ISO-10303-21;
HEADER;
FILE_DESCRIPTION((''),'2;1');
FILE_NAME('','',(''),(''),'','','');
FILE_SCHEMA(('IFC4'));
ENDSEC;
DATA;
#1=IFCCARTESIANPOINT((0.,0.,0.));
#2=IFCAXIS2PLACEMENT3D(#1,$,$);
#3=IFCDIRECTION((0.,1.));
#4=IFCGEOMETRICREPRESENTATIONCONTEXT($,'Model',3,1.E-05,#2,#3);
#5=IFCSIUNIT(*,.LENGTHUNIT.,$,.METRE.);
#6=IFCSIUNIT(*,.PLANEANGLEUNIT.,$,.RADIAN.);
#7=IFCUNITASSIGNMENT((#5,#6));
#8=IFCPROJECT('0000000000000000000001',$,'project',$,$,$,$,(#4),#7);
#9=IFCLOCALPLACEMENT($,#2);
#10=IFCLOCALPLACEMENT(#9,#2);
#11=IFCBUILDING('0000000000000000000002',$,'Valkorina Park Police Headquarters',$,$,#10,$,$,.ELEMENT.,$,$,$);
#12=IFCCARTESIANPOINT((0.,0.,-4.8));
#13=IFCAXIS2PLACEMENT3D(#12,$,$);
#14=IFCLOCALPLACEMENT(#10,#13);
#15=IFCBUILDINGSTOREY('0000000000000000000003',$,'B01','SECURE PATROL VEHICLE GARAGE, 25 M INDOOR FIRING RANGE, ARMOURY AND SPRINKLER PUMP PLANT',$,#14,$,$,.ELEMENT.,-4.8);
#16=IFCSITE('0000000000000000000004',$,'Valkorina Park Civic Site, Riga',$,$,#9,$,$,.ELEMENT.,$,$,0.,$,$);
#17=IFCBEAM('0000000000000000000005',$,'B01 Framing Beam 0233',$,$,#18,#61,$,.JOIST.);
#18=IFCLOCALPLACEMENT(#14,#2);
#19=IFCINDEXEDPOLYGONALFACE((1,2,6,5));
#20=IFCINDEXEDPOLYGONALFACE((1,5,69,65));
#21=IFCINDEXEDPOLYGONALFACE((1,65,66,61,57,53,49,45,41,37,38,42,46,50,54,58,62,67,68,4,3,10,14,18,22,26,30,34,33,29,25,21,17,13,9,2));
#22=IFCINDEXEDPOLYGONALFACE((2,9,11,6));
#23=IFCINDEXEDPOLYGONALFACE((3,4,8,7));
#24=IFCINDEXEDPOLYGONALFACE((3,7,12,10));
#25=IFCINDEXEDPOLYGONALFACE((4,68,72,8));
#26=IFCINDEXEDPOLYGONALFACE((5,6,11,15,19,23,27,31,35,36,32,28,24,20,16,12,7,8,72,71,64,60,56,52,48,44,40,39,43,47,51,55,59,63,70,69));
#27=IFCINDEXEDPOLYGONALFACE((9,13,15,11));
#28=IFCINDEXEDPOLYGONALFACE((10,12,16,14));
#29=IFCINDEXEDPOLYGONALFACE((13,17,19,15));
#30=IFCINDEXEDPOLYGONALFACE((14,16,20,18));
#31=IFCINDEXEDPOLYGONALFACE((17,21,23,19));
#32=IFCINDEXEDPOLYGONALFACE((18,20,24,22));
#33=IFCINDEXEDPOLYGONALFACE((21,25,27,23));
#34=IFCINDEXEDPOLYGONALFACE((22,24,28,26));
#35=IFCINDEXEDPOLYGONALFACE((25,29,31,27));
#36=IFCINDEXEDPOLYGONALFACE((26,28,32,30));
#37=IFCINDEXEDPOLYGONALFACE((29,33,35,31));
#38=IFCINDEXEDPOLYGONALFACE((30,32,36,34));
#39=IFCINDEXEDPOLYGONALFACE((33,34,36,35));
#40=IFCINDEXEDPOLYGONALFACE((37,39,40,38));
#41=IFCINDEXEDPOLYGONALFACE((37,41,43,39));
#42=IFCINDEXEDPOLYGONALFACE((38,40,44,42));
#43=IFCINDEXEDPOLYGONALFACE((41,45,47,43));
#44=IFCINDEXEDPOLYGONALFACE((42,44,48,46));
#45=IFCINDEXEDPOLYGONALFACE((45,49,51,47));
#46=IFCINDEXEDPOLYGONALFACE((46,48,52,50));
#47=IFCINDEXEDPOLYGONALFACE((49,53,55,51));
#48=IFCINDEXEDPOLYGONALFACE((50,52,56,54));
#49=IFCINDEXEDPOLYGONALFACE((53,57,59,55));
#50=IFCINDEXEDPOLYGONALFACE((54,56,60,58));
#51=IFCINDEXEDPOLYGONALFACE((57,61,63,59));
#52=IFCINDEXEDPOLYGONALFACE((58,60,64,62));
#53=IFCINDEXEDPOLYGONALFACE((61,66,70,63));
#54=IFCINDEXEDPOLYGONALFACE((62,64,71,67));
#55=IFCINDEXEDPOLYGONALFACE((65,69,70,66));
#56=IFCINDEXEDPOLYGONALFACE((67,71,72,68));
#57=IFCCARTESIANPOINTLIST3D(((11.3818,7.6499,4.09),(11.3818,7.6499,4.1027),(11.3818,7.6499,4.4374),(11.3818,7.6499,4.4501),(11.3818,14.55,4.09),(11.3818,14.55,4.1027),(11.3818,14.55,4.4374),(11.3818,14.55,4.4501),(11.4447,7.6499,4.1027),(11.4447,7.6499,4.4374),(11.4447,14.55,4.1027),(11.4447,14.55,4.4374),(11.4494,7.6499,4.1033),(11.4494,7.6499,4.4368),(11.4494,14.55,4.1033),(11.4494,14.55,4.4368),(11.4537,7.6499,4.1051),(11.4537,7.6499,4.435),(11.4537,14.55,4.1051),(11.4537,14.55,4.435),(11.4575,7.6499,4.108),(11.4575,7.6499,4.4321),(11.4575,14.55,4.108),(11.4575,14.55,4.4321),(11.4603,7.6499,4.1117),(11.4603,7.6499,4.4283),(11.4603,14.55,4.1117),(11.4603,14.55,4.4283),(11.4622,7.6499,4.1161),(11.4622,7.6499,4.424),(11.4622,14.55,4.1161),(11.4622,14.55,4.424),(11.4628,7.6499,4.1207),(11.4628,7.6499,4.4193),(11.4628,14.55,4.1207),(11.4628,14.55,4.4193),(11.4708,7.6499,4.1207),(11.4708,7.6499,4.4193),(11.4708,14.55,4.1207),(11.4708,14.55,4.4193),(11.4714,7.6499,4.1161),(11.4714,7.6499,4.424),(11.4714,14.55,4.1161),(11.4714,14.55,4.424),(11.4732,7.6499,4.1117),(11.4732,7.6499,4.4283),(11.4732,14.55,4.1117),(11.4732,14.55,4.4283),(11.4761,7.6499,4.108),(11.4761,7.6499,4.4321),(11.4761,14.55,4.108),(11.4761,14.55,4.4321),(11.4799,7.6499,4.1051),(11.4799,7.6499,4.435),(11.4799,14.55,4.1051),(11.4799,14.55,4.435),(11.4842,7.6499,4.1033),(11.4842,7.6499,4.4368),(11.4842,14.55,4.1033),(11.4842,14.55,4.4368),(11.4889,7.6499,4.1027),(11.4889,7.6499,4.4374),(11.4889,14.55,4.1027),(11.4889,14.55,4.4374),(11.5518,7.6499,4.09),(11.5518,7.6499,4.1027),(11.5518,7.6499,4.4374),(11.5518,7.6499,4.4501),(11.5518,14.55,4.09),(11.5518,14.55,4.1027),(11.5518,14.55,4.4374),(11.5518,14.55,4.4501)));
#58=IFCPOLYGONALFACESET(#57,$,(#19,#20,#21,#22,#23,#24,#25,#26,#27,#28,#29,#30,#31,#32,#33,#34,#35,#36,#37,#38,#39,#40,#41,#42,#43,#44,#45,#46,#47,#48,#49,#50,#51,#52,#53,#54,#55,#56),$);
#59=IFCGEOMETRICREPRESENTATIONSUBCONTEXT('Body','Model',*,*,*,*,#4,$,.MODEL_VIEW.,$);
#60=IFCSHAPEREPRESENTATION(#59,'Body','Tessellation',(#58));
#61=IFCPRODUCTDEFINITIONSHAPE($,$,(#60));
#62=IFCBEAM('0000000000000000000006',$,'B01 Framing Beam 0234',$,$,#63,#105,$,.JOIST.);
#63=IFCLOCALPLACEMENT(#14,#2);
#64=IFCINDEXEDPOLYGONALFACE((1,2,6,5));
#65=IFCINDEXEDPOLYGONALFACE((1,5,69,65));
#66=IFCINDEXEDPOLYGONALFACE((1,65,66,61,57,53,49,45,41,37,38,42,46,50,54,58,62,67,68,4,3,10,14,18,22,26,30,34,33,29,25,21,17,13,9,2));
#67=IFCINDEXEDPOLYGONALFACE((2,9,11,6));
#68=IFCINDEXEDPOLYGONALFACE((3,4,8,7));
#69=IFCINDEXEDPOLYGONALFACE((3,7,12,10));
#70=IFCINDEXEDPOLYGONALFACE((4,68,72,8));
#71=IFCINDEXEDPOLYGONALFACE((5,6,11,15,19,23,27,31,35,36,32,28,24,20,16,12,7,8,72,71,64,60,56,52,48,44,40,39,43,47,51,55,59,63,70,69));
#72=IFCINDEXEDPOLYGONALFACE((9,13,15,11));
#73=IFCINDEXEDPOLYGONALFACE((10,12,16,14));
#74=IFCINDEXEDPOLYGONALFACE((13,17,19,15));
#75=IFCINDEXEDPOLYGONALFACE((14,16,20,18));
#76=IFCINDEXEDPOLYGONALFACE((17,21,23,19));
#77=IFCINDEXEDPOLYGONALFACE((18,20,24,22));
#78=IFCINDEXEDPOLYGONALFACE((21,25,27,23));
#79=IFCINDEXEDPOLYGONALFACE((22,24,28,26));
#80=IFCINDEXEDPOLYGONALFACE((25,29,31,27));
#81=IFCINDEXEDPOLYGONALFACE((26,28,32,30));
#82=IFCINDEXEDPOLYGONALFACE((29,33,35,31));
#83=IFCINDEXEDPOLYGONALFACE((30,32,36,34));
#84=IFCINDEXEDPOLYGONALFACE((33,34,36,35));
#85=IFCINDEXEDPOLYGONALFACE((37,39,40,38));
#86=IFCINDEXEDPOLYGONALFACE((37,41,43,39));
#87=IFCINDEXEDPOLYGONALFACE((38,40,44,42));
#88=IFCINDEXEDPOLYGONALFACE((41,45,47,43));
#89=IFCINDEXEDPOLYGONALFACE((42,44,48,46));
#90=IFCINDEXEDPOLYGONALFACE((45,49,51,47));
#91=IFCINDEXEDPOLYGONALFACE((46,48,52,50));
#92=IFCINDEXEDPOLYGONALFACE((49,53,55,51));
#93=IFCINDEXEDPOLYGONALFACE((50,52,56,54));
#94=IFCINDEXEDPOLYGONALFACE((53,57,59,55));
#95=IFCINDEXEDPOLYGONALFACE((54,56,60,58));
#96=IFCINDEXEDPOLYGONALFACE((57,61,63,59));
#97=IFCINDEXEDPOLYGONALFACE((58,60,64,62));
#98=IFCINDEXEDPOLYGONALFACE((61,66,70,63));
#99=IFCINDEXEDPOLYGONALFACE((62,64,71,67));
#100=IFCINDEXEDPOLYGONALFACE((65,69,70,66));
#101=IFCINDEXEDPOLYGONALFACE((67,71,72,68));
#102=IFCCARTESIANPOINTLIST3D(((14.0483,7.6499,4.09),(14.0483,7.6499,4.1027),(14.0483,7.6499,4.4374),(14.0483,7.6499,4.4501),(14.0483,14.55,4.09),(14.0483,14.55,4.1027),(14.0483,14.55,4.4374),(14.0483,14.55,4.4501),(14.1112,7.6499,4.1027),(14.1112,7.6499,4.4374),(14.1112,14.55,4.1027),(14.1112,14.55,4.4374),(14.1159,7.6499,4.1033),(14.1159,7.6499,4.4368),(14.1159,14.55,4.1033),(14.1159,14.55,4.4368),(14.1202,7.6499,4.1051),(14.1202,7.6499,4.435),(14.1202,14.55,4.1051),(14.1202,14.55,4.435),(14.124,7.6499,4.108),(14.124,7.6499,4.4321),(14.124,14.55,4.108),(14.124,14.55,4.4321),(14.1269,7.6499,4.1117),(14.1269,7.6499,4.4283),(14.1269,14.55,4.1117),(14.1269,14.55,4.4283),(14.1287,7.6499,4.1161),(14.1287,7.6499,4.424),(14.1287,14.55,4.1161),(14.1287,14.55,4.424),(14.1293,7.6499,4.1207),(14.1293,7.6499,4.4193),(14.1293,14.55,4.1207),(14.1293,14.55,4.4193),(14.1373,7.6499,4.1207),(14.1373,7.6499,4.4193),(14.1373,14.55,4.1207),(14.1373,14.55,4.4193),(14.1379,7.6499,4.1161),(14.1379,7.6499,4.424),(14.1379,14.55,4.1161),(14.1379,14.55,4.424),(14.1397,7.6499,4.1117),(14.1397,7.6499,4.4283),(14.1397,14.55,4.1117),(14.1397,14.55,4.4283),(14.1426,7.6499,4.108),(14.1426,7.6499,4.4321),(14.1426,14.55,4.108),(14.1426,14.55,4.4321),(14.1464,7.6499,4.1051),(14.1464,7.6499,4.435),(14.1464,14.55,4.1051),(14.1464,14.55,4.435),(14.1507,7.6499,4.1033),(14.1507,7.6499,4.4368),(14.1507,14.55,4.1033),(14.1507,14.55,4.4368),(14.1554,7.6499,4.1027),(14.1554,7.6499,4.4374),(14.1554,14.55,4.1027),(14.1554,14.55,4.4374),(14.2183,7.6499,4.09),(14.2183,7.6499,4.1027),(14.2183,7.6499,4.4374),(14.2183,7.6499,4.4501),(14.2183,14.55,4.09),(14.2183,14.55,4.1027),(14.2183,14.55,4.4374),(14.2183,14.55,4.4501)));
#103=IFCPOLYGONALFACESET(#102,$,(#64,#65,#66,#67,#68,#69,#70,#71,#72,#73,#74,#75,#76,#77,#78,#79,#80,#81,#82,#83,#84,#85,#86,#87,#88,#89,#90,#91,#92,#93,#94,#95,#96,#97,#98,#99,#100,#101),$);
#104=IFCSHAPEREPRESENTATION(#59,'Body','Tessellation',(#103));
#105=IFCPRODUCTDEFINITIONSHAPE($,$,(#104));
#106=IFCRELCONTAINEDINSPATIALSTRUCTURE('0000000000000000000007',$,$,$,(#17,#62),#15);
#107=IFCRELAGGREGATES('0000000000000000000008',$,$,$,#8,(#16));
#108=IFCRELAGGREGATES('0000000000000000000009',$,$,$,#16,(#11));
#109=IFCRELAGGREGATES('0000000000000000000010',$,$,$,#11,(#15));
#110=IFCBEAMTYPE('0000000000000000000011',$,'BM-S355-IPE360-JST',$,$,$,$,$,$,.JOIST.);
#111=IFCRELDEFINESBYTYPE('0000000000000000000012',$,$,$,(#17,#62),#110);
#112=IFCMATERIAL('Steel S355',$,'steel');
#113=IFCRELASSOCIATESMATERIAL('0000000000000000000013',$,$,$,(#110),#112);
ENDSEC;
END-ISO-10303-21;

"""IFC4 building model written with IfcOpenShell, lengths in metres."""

from ifc_helpers import new_model, si_unit, direction, frame, origin, origin_2d, place, context, subcontext, project, spatial, i_section, extrude, material, material_profile, profile_set, type_object, element, save


model = new_model("IFC4")

# Units and contexts
model_context = context("Model", 3, precision=1e-05, world=origin(), true_north=direction((0.0, 1.0)))
body_context = subcontext(model_context, "Body", "Model", "MODEL_VIEW")
ifc_project = project(units=[si_unit("LENGTHUNIT", "METRE"), si_unit("PLANEANGLEUNIT", "RADIAN")], contexts=[model_context])

# Site, building, storey
site_placement = place(None, origin())
site = spatial("IfcSite", under=ifc_project, at=site_placement, Name="Valkorina Park Civic Site, Riga", CompositionType="ELEMENT", RefElevation=0.0)
building_placement = place(site_placement, origin())
building = spatial("IfcBuilding", under=site, at=building_placement, Name="Valkorina Park Police Headquarters", CompositionType="ELEMENT")
storey_placement = place(building_placement, frame((0.0, 0.0, -4.8)))
storey = spatial("IfcBuildingStorey", under=building, at=storey_placement, Name="B01", Description="SECURE PATROL VEHICLE GARAGE, 25 M INDOOR FIRING RANGE, ARMOURY AND SPRINKLER PUMP PLANT", CompositionType="ELEMENT", Elevation=-4.8)

# Beams
ifc_material_1 = material(Name="Steel S355", Category="steel")
ifc_material_profile_1 = material_profile(ifc_material_1, i_section(OverallWidth=0.1699, OverallDepth=0.3601, WebThickness=0.0081, FlangeThickness=0.0127, FilletRadius=0.0181, at=origin_2d()), Name="IPE 360")
ifc_profile_set_1 = profile_set([ifc_material_profile_1], Name="Steel S355")
beam_type_1 = type_object("IfcBeamType", Name="BM-S355-IPE360-JST", PredefinedType="JOIST", material=ifc_profile_set_1)
for number, where, z_axis, x_axis, name in (
    (1, (11.4668, 7.6499, 4.27), (0.0, 1.0, 0.0), (-1.0, 0.0, 0.0), "B01 Framing Beam 0233"),
    (2, (14.1333, 7.6499, 4.27), (0.0, 1.0, 0.0), (-1.0, 0.0, 0.0), "B01 Framing Beam 0234"),
):
    element("IfcBeam", number, at=place(storey_placement, frame(where, z_axis=z_axis, x_axis=x_axis)), inside=storey, type_object=beam_type_1, Name=name, PredefinedType="JOIST", context=body_context, shape_type="SweptSolid", body=[
        extrude(i_section(OverallWidth=0.1699, OverallDepth=0.3601, WebThickness=0.0081, FlangeThickness=0.0127, FilletRadius=0.0181, at=origin_2d()), origin(), (0.0, 0.0, 1.0), 6.9001),
    ])

save(model, "model.ifc")
